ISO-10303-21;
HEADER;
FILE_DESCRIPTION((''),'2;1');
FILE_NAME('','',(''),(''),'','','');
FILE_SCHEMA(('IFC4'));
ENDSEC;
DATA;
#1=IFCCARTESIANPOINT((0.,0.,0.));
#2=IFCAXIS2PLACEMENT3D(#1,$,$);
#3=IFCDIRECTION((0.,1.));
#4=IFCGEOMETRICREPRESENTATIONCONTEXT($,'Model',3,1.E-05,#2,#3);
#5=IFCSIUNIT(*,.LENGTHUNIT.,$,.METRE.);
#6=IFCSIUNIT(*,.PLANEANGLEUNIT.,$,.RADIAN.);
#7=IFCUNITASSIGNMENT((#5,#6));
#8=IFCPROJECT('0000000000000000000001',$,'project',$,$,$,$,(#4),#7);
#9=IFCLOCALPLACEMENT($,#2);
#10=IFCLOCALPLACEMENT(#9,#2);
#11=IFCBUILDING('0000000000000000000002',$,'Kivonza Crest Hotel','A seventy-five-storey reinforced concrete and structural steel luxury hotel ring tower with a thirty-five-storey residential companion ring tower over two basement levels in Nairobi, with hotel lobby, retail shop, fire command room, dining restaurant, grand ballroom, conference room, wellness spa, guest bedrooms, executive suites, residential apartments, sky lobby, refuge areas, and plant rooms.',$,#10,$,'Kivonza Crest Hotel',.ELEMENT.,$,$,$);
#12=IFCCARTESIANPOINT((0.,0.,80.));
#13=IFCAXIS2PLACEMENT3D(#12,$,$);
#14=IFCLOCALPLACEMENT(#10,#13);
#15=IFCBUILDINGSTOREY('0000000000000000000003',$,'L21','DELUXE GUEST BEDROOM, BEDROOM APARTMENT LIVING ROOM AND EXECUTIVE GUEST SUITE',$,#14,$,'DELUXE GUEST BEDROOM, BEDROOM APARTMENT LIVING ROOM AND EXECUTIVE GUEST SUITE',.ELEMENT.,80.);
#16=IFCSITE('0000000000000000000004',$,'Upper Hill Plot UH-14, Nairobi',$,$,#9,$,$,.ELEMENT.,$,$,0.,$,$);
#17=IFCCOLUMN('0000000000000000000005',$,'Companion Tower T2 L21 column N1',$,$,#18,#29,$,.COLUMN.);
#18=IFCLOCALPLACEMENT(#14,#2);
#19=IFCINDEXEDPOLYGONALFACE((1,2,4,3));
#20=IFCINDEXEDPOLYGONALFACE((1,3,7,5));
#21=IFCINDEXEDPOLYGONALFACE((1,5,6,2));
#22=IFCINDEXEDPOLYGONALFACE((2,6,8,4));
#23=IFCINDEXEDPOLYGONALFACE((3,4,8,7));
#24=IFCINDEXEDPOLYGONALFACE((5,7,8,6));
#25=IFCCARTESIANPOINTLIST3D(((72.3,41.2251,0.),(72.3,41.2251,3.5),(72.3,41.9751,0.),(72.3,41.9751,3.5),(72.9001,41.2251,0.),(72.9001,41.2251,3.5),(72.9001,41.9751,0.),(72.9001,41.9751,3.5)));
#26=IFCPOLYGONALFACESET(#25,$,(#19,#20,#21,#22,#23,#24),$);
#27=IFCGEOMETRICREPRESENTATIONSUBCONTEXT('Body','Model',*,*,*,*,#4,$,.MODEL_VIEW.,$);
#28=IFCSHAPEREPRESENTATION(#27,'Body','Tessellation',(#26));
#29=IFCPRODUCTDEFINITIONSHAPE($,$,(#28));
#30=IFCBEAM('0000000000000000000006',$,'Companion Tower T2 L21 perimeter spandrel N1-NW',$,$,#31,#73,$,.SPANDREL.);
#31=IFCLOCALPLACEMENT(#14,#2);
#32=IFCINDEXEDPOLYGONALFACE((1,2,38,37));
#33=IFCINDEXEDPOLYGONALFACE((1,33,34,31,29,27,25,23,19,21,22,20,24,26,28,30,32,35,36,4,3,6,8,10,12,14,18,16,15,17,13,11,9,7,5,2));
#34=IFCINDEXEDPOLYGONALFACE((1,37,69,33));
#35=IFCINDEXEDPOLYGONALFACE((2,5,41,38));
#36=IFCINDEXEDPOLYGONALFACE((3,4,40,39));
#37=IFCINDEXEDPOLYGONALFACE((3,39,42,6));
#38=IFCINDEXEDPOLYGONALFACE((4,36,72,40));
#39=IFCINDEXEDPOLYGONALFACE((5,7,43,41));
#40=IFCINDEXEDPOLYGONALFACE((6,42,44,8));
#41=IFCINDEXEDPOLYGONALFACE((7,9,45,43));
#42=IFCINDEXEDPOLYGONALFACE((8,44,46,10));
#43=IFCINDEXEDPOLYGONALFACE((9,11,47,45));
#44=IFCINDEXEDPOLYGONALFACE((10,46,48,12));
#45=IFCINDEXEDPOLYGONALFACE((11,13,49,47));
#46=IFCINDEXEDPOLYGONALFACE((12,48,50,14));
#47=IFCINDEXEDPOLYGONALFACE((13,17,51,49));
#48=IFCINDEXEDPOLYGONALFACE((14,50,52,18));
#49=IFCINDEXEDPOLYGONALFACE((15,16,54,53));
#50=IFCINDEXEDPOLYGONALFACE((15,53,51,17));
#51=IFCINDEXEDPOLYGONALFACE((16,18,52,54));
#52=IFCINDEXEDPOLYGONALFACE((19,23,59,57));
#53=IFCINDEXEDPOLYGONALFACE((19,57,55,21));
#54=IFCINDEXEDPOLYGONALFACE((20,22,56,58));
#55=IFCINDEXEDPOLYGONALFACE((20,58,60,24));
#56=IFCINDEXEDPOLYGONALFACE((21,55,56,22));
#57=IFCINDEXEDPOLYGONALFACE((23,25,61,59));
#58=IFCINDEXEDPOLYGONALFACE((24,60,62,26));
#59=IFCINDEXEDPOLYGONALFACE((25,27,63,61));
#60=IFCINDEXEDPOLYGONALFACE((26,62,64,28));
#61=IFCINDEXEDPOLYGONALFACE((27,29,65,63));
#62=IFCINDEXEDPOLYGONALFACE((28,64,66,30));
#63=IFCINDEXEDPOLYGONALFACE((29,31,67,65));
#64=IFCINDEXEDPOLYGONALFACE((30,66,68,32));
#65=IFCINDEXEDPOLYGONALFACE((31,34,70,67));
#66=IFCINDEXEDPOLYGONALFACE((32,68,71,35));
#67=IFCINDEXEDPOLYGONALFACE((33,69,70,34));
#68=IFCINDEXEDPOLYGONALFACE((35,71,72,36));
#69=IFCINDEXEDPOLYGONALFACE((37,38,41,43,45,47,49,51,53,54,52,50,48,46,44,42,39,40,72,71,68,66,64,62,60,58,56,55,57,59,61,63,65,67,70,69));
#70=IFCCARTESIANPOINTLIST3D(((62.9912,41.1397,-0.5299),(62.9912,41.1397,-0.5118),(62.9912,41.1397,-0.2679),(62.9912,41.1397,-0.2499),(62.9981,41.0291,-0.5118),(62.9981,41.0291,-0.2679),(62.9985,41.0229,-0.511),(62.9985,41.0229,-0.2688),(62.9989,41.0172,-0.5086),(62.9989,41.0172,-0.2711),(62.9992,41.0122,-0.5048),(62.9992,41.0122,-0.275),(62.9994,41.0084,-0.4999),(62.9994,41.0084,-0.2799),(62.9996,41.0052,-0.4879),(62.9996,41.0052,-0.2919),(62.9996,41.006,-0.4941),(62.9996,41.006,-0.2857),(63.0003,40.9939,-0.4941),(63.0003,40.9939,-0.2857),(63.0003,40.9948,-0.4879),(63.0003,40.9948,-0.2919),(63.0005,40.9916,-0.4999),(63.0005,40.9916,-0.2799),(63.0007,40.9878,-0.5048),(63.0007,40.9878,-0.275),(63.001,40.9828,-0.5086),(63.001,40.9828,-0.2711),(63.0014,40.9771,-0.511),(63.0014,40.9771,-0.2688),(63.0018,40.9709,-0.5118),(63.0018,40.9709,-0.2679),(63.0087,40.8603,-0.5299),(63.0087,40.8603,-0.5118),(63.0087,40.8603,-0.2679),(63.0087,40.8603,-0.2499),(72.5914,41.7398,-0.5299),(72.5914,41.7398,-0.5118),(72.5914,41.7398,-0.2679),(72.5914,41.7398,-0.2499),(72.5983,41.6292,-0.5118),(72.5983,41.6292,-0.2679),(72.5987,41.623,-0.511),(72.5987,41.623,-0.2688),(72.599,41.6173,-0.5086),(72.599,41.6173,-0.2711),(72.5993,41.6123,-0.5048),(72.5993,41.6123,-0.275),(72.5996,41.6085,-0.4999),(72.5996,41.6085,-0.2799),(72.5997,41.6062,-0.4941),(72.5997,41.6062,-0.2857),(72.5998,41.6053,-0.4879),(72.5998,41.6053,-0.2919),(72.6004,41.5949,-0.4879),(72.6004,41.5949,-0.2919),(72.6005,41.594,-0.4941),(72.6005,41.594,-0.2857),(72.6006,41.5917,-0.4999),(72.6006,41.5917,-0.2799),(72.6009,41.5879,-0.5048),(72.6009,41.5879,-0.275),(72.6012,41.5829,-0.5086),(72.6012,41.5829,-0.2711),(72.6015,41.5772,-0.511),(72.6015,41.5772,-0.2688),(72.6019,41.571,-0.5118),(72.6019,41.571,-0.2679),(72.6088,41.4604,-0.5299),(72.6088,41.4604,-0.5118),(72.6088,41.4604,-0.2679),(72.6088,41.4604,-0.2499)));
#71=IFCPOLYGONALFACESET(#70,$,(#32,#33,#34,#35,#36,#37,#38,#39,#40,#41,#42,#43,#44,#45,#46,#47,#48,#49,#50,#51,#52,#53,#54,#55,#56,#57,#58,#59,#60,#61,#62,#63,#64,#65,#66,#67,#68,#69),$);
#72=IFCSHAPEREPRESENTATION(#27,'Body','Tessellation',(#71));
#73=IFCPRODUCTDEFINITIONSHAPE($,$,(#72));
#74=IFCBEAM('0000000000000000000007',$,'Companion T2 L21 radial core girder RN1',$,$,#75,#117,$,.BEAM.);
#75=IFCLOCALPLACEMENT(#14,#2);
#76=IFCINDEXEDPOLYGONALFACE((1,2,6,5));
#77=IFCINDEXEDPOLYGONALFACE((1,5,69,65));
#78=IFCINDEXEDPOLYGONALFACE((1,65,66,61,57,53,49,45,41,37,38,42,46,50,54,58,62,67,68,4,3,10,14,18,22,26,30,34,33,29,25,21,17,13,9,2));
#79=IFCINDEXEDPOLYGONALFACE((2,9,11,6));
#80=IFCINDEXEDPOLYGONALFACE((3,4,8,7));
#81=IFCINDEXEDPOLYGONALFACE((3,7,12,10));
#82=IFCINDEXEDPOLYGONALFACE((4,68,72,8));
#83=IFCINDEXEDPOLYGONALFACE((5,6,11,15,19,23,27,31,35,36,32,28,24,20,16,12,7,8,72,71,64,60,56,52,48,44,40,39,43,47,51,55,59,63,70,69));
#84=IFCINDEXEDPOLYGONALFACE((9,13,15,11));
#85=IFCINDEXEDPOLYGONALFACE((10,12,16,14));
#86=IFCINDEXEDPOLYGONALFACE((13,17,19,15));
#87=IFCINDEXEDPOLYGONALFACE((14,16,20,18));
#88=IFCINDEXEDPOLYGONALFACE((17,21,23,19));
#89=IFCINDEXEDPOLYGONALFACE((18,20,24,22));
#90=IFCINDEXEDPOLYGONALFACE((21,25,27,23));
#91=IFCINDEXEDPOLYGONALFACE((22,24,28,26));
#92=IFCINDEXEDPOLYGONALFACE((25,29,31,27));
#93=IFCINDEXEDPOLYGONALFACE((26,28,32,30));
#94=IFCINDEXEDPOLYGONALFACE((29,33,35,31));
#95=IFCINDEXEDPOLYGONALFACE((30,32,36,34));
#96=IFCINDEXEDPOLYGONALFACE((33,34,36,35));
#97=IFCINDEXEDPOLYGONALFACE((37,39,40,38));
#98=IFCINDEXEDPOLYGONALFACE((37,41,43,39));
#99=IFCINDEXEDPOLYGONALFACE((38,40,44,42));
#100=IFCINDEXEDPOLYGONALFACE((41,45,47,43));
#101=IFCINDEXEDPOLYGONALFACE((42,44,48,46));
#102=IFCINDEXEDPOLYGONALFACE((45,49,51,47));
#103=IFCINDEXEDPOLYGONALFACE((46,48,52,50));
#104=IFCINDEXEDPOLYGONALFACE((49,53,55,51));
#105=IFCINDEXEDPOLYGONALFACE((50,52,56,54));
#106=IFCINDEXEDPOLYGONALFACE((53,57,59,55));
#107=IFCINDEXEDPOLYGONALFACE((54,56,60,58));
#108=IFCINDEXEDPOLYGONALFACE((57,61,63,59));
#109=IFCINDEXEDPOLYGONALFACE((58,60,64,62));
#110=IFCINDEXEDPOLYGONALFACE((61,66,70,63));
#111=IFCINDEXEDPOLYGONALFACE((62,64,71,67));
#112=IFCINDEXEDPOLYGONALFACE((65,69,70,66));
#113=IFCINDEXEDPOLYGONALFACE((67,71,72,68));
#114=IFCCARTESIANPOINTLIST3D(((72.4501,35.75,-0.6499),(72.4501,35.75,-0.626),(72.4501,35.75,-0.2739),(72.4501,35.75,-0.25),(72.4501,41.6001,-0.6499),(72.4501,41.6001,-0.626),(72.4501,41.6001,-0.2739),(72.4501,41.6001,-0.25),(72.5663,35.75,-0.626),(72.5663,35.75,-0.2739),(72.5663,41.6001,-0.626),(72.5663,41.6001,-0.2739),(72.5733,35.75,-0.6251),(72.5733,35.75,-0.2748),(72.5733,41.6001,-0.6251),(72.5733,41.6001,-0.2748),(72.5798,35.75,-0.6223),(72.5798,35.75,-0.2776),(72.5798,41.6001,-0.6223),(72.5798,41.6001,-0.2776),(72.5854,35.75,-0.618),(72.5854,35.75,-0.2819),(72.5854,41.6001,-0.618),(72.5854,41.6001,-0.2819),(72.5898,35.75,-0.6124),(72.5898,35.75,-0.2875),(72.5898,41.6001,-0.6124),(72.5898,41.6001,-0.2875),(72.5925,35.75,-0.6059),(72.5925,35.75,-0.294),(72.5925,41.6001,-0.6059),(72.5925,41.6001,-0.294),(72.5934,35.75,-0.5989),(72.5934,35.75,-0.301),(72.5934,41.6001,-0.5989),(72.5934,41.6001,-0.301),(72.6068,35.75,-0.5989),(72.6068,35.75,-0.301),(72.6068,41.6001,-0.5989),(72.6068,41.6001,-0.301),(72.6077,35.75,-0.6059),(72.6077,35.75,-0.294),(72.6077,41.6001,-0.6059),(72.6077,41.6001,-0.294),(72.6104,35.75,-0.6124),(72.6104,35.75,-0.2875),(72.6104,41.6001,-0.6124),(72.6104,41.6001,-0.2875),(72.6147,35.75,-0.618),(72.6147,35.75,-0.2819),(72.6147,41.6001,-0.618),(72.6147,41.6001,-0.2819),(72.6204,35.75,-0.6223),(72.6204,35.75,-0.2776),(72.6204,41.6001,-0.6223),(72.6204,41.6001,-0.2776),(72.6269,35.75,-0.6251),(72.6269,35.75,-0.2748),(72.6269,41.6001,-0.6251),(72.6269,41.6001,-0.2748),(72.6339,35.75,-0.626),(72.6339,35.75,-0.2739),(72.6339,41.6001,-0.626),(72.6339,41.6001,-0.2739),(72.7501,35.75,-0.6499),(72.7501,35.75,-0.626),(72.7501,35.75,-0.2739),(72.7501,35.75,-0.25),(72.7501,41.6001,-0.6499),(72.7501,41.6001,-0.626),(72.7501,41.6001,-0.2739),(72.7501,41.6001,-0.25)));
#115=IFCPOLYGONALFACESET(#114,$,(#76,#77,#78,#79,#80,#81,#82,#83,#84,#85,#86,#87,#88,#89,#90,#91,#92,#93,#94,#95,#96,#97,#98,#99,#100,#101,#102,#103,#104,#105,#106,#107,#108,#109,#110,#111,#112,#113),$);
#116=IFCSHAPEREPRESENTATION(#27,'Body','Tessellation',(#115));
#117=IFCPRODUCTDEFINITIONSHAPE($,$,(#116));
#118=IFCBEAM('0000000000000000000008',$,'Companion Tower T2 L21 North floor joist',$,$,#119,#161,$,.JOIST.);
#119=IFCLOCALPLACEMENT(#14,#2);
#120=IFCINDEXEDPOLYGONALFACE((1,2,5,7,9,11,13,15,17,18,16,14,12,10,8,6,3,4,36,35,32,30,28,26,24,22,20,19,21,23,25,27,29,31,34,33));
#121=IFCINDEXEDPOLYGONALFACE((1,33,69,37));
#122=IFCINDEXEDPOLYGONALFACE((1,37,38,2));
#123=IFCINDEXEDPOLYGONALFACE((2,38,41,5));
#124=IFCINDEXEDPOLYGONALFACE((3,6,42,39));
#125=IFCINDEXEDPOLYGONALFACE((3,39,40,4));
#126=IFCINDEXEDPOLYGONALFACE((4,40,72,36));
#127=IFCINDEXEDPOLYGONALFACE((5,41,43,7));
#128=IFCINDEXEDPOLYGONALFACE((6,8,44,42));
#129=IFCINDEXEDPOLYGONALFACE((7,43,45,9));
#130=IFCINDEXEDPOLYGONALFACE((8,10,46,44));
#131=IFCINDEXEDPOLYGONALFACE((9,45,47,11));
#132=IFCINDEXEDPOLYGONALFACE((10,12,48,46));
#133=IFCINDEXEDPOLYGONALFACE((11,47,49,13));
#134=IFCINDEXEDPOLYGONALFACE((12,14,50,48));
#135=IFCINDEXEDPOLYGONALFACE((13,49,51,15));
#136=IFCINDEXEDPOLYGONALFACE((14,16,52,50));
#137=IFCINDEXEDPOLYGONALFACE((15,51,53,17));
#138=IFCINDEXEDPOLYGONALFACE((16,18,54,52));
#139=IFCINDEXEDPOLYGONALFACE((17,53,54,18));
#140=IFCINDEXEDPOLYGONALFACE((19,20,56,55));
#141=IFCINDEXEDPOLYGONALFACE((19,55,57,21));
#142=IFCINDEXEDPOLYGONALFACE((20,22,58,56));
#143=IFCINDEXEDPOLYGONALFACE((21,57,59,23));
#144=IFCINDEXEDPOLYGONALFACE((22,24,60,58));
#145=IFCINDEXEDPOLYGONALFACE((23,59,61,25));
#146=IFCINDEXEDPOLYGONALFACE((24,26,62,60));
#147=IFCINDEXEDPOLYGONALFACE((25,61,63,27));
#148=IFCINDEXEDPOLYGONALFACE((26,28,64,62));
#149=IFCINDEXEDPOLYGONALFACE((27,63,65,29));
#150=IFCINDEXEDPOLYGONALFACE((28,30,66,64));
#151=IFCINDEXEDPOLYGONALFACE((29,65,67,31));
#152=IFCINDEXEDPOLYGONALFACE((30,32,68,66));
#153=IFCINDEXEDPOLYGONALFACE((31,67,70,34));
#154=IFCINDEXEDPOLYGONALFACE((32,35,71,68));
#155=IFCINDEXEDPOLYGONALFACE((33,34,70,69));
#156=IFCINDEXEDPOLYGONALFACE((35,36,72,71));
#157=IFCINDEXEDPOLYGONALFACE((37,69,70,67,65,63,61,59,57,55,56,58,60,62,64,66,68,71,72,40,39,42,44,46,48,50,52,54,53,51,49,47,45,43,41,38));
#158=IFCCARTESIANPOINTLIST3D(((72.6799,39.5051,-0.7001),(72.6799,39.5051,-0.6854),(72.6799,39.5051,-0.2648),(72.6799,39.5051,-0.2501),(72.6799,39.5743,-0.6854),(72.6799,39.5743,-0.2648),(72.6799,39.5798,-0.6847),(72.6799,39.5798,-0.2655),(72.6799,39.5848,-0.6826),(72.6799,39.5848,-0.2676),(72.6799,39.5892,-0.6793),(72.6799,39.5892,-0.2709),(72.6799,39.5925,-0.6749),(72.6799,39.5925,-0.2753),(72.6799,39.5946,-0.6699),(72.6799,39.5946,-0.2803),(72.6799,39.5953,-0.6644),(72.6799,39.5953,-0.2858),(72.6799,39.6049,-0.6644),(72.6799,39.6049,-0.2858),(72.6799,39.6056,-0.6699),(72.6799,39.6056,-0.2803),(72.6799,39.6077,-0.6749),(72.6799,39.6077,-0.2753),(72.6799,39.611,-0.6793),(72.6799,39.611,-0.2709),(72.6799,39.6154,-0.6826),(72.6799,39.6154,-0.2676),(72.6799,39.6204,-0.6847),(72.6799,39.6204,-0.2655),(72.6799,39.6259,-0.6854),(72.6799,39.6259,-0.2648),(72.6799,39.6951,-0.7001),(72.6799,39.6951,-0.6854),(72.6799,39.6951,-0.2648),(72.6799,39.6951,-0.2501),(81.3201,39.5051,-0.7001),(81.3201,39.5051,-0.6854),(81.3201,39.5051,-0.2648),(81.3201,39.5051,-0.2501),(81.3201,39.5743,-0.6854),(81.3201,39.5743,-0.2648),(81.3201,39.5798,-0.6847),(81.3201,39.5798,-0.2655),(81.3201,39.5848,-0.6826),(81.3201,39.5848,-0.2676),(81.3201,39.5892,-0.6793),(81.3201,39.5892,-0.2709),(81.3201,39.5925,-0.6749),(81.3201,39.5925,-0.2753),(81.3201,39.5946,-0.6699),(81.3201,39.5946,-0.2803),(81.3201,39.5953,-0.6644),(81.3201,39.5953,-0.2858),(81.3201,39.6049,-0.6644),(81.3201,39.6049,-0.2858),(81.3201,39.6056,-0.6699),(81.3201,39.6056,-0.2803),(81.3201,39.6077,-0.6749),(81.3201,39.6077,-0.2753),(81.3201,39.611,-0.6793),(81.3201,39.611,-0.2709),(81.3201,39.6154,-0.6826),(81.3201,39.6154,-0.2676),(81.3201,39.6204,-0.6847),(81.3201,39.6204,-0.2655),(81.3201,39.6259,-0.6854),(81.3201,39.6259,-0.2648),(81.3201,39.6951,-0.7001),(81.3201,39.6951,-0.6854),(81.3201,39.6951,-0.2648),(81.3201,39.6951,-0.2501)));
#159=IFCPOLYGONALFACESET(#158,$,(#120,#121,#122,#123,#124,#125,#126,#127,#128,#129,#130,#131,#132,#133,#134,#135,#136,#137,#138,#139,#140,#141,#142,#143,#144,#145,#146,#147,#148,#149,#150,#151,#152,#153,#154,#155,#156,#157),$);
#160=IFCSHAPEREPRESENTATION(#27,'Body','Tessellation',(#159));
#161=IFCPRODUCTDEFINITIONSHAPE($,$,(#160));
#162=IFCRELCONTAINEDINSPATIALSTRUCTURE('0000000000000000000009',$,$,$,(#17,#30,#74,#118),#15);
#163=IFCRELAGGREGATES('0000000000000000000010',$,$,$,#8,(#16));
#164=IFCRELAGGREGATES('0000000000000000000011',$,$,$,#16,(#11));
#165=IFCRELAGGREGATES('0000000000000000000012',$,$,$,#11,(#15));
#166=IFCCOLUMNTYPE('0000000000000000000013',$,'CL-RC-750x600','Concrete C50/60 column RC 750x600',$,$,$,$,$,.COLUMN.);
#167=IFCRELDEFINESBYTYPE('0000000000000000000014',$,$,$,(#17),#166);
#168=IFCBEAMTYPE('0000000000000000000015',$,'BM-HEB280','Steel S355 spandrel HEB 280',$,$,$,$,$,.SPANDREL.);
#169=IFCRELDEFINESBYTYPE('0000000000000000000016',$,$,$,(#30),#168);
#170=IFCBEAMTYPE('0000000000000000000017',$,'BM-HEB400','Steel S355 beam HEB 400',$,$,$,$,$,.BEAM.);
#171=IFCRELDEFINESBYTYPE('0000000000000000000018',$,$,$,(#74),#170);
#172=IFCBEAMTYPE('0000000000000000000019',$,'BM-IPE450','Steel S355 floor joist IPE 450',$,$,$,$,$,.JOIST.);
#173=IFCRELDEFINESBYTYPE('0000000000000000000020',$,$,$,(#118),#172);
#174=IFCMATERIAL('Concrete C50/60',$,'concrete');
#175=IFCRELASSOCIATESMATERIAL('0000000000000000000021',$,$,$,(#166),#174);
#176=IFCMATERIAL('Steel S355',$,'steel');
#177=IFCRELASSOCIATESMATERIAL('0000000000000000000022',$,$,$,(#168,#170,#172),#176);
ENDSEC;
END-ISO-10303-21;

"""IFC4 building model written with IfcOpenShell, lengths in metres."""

from ifc_helpers import new_model, si_unit, direction, frame, origin, origin_2d, place, context, subcontext, project, spatial, rectangle, i_section, extrude, material, material_profile, profile_set, type_object, element, save


model = new_model("IFC4")

# Units and contexts
model_context = context("Model", 3, precision=1e-05, world=origin(), true_north=direction((0.0, 1.0)))
body_context = subcontext(model_context, "Body", "Model", "MODEL_VIEW")
ifc_project = project(units=[si_unit("LENGTHUNIT", "METRE"), si_unit("PLANEANGLEUNIT", "RADIAN")], contexts=[model_context])

# Site, building, storey
site_placement = place(None, origin())
site = spatial("IfcSite", under=ifc_project, at=site_placement, Name="Upper Hill Plot UH-14, Nairobi", CompositionType="ELEMENT", RefElevation=0.0)
building_placement = place(site_placement, origin())
building = spatial("IfcBuilding", under=site, at=building_placement, Name="Kivonza Crest Hotel", Description="A seventy-five-storey reinforced concrete and structural steel luxury hotel ring tower with a thirty-five-storey residential companion ring tower over two basement levels in Nairobi, with hotel lobby, retail shop, fire command room, dining restaurant, grand ballroom, conference room, wellness spa, guest bedrooms, executive suites, residential apartments, sky lobby, refuge areas, and plant rooms.", LongName="Kivonza Crest Hotel", CompositionType="ELEMENT")
storey_placement = place(building_placement, frame((0.0, 0.0, 80.0)))
storey = spatial("IfcBuildingStorey", under=building, at=storey_placement, Name="L21", Description="DELUXE GUEST BEDROOM, BEDROOM APARTMENT LIVING ROOM AND EXECUTIVE GUEST SUITE", LongName="DELUXE GUEST BEDROOM, BEDROOM APARTMENT LIVING ROOM AND EXECUTIVE GUEST SUITE", CompositionType="ELEMENT", Elevation=80.0)

# Column
ifc_material_1 = material(Name="Concrete C50/60", Category="concrete")
ifc_material_profile_1 = material_profile(ifc_material_1, rectangle(XDim=0.6001, YDim=0.75, at=origin_2d()), Name="RC 750x600")
ifc_profile_set_1 = profile_set([ifc_material_profile_1], Name="Concrete C50/60")
column_type = type_object("IfcColumnType", Name="CL-RC-750x600", Description="Concrete C50/60 column RC 750x600", PredefinedType="COLUMN", material=ifc_profile_set_1)
column_placement = place(storey_placement, frame((72.6001, 41.6001, 0.0), z_axis=(0.0, 0.0, 1.0), x_axis=(1.0, 0.0, 0.0)))
element("IfcColumn", 1, at=column_placement, inside=storey, type_object=column_type, Name="Companion Tower T2 L21 column N1", PredefinedType="COLUMN", context=body_context, shape_type="SweptSolid", body=[
    extrude(rectangle(XDim=0.6001, YDim=0.75, at=origin_2d()), origin(), (0.0, 0.0, 1.0), 3.5),
])

# Beams
ifc_material_2 = material(Name="Steel S355", Category="steel")
ifc_material_profile_2 = material_profile(ifc_material_2, i_section(OverallWidth=0.28, OverallDepth=0.28, WebThickness=0.0105, FlangeThickness=0.0181, FilletRadius=0.0239, at=origin_2d()), Name="HEB 280")
ifc_profile_set_2 = profile_set([ifc_material_profile_2], Name="Steel S355")
beam_type_1 = type_object("IfcBeamType", Name="BM-HEB280", Description="Steel S355 spandrel HEB 280", PredefinedType="SPANDREL", material=ifc_profile_set_2)
beam_1_placement = place(storey_placement, frame((72.6001, 41.6001, -0.3899), z_axis=(-0.998052, -0.062388, 0.0), x_axis=(0.062388, -0.998052, 0.0)))
element("IfcBeam", 2, at=beam_1_placement, inside=storey, type_object=beam_type_1, Name="Companion Tower T2 L21 perimeter spandrel N1-NW", PredefinedType="SPANDREL", context=body_context, shape_type="SweptSolid", body=[
    extrude(i_section(OverallWidth=0.28, OverallDepth=0.28, WebThickness=0.0105, FlangeThickness=0.0181, FilletRadius=0.0239, at=origin_2d()), origin(), (0.0, 0.0, 1.0), 9.6189),
])
ifc_material_profile_3 = material_profile(ifc_material_2, i_section(OverallWidth=0.3, OverallDepth=0.3999, WebThickness=0.0134, FlangeThickness=0.0239, FilletRadius=0.0271, at=origin_2d()), Name="HEB 400")
ifc_profile_set_3 = profile_set([ifc_material_profile_3], Name="Steel S355")
beam_type_2 = type_object("IfcBeamType", Name="BM-HEB400", Description="Steel S355 beam HEB 400", PredefinedType="BEAM", material=ifc_profile_set_3)
beam_2_placement = place(storey_placement, frame((72.6001, 41.6001, -0.45), z_axis=(0.0, -1.0, 0.0), x_axis=(1.0, 0.0, 0.0)))
element("IfcBeam", 3, at=beam_2_placement, inside=storey, type_object=beam_type_2, Name="Companion T2 L21 radial core girder RN1", PredefinedType="BEAM", context=body_context, shape_type="SweptSolid", body=[
    extrude(i_section(OverallWidth=0.3, OverallDepth=0.3999, WebThickness=0.0134, FlangeThickness=0.0239, FilletRadius=0.0271, at=origin_2d()), origin(), (0.0, 0.0, 1.0), 5.8501),
])
ifc_material_profile_4 = material_profile(ifc_material_2, i_section(OverallWidth=0.1899, OverallDepth=0.45, WebThickness=0.0095, FlangeThickness=0.0146, FilletRadius=0.021, at=origin_2d()), Name="IPE 450")
ifc_profile_set_4 = profile_set([ifc_material_profile_4], Name="Steel S355")
beam_type_3 = type_object("IfcBeamType", Name="BM-IPE450", Description="Steel S355 floor joist IPE 450", PredefinedType="JOIST", material=ifc_profile_set_4)
beam_3_placement = place(storey_placement, frame((72.6799, 39.6001, -0.4751), z_axis=(1.0, 0.0, 0.0), x_axis=(0.0, 1.0, 0.0)))
element("IfcBeam", 4, at=beam_3_placement, inside=storey, type_object=beam_type_3, Name="Companion Tower T2 L21 North floor joist", PredefinedType="JOIST", context=body_context, shape_type="SweptSolid", body=[
    extrude(i_section(OverallWidth=0.1899, OverallDepth=0.45, WebThickness=0.0095, FlangeThickness=0.0146, FilletRadius=0.021, at=origin_2d()), origin(), (0.0, 0.0, 1.0), 8.6401),
])

save(model, "model.ifc")
